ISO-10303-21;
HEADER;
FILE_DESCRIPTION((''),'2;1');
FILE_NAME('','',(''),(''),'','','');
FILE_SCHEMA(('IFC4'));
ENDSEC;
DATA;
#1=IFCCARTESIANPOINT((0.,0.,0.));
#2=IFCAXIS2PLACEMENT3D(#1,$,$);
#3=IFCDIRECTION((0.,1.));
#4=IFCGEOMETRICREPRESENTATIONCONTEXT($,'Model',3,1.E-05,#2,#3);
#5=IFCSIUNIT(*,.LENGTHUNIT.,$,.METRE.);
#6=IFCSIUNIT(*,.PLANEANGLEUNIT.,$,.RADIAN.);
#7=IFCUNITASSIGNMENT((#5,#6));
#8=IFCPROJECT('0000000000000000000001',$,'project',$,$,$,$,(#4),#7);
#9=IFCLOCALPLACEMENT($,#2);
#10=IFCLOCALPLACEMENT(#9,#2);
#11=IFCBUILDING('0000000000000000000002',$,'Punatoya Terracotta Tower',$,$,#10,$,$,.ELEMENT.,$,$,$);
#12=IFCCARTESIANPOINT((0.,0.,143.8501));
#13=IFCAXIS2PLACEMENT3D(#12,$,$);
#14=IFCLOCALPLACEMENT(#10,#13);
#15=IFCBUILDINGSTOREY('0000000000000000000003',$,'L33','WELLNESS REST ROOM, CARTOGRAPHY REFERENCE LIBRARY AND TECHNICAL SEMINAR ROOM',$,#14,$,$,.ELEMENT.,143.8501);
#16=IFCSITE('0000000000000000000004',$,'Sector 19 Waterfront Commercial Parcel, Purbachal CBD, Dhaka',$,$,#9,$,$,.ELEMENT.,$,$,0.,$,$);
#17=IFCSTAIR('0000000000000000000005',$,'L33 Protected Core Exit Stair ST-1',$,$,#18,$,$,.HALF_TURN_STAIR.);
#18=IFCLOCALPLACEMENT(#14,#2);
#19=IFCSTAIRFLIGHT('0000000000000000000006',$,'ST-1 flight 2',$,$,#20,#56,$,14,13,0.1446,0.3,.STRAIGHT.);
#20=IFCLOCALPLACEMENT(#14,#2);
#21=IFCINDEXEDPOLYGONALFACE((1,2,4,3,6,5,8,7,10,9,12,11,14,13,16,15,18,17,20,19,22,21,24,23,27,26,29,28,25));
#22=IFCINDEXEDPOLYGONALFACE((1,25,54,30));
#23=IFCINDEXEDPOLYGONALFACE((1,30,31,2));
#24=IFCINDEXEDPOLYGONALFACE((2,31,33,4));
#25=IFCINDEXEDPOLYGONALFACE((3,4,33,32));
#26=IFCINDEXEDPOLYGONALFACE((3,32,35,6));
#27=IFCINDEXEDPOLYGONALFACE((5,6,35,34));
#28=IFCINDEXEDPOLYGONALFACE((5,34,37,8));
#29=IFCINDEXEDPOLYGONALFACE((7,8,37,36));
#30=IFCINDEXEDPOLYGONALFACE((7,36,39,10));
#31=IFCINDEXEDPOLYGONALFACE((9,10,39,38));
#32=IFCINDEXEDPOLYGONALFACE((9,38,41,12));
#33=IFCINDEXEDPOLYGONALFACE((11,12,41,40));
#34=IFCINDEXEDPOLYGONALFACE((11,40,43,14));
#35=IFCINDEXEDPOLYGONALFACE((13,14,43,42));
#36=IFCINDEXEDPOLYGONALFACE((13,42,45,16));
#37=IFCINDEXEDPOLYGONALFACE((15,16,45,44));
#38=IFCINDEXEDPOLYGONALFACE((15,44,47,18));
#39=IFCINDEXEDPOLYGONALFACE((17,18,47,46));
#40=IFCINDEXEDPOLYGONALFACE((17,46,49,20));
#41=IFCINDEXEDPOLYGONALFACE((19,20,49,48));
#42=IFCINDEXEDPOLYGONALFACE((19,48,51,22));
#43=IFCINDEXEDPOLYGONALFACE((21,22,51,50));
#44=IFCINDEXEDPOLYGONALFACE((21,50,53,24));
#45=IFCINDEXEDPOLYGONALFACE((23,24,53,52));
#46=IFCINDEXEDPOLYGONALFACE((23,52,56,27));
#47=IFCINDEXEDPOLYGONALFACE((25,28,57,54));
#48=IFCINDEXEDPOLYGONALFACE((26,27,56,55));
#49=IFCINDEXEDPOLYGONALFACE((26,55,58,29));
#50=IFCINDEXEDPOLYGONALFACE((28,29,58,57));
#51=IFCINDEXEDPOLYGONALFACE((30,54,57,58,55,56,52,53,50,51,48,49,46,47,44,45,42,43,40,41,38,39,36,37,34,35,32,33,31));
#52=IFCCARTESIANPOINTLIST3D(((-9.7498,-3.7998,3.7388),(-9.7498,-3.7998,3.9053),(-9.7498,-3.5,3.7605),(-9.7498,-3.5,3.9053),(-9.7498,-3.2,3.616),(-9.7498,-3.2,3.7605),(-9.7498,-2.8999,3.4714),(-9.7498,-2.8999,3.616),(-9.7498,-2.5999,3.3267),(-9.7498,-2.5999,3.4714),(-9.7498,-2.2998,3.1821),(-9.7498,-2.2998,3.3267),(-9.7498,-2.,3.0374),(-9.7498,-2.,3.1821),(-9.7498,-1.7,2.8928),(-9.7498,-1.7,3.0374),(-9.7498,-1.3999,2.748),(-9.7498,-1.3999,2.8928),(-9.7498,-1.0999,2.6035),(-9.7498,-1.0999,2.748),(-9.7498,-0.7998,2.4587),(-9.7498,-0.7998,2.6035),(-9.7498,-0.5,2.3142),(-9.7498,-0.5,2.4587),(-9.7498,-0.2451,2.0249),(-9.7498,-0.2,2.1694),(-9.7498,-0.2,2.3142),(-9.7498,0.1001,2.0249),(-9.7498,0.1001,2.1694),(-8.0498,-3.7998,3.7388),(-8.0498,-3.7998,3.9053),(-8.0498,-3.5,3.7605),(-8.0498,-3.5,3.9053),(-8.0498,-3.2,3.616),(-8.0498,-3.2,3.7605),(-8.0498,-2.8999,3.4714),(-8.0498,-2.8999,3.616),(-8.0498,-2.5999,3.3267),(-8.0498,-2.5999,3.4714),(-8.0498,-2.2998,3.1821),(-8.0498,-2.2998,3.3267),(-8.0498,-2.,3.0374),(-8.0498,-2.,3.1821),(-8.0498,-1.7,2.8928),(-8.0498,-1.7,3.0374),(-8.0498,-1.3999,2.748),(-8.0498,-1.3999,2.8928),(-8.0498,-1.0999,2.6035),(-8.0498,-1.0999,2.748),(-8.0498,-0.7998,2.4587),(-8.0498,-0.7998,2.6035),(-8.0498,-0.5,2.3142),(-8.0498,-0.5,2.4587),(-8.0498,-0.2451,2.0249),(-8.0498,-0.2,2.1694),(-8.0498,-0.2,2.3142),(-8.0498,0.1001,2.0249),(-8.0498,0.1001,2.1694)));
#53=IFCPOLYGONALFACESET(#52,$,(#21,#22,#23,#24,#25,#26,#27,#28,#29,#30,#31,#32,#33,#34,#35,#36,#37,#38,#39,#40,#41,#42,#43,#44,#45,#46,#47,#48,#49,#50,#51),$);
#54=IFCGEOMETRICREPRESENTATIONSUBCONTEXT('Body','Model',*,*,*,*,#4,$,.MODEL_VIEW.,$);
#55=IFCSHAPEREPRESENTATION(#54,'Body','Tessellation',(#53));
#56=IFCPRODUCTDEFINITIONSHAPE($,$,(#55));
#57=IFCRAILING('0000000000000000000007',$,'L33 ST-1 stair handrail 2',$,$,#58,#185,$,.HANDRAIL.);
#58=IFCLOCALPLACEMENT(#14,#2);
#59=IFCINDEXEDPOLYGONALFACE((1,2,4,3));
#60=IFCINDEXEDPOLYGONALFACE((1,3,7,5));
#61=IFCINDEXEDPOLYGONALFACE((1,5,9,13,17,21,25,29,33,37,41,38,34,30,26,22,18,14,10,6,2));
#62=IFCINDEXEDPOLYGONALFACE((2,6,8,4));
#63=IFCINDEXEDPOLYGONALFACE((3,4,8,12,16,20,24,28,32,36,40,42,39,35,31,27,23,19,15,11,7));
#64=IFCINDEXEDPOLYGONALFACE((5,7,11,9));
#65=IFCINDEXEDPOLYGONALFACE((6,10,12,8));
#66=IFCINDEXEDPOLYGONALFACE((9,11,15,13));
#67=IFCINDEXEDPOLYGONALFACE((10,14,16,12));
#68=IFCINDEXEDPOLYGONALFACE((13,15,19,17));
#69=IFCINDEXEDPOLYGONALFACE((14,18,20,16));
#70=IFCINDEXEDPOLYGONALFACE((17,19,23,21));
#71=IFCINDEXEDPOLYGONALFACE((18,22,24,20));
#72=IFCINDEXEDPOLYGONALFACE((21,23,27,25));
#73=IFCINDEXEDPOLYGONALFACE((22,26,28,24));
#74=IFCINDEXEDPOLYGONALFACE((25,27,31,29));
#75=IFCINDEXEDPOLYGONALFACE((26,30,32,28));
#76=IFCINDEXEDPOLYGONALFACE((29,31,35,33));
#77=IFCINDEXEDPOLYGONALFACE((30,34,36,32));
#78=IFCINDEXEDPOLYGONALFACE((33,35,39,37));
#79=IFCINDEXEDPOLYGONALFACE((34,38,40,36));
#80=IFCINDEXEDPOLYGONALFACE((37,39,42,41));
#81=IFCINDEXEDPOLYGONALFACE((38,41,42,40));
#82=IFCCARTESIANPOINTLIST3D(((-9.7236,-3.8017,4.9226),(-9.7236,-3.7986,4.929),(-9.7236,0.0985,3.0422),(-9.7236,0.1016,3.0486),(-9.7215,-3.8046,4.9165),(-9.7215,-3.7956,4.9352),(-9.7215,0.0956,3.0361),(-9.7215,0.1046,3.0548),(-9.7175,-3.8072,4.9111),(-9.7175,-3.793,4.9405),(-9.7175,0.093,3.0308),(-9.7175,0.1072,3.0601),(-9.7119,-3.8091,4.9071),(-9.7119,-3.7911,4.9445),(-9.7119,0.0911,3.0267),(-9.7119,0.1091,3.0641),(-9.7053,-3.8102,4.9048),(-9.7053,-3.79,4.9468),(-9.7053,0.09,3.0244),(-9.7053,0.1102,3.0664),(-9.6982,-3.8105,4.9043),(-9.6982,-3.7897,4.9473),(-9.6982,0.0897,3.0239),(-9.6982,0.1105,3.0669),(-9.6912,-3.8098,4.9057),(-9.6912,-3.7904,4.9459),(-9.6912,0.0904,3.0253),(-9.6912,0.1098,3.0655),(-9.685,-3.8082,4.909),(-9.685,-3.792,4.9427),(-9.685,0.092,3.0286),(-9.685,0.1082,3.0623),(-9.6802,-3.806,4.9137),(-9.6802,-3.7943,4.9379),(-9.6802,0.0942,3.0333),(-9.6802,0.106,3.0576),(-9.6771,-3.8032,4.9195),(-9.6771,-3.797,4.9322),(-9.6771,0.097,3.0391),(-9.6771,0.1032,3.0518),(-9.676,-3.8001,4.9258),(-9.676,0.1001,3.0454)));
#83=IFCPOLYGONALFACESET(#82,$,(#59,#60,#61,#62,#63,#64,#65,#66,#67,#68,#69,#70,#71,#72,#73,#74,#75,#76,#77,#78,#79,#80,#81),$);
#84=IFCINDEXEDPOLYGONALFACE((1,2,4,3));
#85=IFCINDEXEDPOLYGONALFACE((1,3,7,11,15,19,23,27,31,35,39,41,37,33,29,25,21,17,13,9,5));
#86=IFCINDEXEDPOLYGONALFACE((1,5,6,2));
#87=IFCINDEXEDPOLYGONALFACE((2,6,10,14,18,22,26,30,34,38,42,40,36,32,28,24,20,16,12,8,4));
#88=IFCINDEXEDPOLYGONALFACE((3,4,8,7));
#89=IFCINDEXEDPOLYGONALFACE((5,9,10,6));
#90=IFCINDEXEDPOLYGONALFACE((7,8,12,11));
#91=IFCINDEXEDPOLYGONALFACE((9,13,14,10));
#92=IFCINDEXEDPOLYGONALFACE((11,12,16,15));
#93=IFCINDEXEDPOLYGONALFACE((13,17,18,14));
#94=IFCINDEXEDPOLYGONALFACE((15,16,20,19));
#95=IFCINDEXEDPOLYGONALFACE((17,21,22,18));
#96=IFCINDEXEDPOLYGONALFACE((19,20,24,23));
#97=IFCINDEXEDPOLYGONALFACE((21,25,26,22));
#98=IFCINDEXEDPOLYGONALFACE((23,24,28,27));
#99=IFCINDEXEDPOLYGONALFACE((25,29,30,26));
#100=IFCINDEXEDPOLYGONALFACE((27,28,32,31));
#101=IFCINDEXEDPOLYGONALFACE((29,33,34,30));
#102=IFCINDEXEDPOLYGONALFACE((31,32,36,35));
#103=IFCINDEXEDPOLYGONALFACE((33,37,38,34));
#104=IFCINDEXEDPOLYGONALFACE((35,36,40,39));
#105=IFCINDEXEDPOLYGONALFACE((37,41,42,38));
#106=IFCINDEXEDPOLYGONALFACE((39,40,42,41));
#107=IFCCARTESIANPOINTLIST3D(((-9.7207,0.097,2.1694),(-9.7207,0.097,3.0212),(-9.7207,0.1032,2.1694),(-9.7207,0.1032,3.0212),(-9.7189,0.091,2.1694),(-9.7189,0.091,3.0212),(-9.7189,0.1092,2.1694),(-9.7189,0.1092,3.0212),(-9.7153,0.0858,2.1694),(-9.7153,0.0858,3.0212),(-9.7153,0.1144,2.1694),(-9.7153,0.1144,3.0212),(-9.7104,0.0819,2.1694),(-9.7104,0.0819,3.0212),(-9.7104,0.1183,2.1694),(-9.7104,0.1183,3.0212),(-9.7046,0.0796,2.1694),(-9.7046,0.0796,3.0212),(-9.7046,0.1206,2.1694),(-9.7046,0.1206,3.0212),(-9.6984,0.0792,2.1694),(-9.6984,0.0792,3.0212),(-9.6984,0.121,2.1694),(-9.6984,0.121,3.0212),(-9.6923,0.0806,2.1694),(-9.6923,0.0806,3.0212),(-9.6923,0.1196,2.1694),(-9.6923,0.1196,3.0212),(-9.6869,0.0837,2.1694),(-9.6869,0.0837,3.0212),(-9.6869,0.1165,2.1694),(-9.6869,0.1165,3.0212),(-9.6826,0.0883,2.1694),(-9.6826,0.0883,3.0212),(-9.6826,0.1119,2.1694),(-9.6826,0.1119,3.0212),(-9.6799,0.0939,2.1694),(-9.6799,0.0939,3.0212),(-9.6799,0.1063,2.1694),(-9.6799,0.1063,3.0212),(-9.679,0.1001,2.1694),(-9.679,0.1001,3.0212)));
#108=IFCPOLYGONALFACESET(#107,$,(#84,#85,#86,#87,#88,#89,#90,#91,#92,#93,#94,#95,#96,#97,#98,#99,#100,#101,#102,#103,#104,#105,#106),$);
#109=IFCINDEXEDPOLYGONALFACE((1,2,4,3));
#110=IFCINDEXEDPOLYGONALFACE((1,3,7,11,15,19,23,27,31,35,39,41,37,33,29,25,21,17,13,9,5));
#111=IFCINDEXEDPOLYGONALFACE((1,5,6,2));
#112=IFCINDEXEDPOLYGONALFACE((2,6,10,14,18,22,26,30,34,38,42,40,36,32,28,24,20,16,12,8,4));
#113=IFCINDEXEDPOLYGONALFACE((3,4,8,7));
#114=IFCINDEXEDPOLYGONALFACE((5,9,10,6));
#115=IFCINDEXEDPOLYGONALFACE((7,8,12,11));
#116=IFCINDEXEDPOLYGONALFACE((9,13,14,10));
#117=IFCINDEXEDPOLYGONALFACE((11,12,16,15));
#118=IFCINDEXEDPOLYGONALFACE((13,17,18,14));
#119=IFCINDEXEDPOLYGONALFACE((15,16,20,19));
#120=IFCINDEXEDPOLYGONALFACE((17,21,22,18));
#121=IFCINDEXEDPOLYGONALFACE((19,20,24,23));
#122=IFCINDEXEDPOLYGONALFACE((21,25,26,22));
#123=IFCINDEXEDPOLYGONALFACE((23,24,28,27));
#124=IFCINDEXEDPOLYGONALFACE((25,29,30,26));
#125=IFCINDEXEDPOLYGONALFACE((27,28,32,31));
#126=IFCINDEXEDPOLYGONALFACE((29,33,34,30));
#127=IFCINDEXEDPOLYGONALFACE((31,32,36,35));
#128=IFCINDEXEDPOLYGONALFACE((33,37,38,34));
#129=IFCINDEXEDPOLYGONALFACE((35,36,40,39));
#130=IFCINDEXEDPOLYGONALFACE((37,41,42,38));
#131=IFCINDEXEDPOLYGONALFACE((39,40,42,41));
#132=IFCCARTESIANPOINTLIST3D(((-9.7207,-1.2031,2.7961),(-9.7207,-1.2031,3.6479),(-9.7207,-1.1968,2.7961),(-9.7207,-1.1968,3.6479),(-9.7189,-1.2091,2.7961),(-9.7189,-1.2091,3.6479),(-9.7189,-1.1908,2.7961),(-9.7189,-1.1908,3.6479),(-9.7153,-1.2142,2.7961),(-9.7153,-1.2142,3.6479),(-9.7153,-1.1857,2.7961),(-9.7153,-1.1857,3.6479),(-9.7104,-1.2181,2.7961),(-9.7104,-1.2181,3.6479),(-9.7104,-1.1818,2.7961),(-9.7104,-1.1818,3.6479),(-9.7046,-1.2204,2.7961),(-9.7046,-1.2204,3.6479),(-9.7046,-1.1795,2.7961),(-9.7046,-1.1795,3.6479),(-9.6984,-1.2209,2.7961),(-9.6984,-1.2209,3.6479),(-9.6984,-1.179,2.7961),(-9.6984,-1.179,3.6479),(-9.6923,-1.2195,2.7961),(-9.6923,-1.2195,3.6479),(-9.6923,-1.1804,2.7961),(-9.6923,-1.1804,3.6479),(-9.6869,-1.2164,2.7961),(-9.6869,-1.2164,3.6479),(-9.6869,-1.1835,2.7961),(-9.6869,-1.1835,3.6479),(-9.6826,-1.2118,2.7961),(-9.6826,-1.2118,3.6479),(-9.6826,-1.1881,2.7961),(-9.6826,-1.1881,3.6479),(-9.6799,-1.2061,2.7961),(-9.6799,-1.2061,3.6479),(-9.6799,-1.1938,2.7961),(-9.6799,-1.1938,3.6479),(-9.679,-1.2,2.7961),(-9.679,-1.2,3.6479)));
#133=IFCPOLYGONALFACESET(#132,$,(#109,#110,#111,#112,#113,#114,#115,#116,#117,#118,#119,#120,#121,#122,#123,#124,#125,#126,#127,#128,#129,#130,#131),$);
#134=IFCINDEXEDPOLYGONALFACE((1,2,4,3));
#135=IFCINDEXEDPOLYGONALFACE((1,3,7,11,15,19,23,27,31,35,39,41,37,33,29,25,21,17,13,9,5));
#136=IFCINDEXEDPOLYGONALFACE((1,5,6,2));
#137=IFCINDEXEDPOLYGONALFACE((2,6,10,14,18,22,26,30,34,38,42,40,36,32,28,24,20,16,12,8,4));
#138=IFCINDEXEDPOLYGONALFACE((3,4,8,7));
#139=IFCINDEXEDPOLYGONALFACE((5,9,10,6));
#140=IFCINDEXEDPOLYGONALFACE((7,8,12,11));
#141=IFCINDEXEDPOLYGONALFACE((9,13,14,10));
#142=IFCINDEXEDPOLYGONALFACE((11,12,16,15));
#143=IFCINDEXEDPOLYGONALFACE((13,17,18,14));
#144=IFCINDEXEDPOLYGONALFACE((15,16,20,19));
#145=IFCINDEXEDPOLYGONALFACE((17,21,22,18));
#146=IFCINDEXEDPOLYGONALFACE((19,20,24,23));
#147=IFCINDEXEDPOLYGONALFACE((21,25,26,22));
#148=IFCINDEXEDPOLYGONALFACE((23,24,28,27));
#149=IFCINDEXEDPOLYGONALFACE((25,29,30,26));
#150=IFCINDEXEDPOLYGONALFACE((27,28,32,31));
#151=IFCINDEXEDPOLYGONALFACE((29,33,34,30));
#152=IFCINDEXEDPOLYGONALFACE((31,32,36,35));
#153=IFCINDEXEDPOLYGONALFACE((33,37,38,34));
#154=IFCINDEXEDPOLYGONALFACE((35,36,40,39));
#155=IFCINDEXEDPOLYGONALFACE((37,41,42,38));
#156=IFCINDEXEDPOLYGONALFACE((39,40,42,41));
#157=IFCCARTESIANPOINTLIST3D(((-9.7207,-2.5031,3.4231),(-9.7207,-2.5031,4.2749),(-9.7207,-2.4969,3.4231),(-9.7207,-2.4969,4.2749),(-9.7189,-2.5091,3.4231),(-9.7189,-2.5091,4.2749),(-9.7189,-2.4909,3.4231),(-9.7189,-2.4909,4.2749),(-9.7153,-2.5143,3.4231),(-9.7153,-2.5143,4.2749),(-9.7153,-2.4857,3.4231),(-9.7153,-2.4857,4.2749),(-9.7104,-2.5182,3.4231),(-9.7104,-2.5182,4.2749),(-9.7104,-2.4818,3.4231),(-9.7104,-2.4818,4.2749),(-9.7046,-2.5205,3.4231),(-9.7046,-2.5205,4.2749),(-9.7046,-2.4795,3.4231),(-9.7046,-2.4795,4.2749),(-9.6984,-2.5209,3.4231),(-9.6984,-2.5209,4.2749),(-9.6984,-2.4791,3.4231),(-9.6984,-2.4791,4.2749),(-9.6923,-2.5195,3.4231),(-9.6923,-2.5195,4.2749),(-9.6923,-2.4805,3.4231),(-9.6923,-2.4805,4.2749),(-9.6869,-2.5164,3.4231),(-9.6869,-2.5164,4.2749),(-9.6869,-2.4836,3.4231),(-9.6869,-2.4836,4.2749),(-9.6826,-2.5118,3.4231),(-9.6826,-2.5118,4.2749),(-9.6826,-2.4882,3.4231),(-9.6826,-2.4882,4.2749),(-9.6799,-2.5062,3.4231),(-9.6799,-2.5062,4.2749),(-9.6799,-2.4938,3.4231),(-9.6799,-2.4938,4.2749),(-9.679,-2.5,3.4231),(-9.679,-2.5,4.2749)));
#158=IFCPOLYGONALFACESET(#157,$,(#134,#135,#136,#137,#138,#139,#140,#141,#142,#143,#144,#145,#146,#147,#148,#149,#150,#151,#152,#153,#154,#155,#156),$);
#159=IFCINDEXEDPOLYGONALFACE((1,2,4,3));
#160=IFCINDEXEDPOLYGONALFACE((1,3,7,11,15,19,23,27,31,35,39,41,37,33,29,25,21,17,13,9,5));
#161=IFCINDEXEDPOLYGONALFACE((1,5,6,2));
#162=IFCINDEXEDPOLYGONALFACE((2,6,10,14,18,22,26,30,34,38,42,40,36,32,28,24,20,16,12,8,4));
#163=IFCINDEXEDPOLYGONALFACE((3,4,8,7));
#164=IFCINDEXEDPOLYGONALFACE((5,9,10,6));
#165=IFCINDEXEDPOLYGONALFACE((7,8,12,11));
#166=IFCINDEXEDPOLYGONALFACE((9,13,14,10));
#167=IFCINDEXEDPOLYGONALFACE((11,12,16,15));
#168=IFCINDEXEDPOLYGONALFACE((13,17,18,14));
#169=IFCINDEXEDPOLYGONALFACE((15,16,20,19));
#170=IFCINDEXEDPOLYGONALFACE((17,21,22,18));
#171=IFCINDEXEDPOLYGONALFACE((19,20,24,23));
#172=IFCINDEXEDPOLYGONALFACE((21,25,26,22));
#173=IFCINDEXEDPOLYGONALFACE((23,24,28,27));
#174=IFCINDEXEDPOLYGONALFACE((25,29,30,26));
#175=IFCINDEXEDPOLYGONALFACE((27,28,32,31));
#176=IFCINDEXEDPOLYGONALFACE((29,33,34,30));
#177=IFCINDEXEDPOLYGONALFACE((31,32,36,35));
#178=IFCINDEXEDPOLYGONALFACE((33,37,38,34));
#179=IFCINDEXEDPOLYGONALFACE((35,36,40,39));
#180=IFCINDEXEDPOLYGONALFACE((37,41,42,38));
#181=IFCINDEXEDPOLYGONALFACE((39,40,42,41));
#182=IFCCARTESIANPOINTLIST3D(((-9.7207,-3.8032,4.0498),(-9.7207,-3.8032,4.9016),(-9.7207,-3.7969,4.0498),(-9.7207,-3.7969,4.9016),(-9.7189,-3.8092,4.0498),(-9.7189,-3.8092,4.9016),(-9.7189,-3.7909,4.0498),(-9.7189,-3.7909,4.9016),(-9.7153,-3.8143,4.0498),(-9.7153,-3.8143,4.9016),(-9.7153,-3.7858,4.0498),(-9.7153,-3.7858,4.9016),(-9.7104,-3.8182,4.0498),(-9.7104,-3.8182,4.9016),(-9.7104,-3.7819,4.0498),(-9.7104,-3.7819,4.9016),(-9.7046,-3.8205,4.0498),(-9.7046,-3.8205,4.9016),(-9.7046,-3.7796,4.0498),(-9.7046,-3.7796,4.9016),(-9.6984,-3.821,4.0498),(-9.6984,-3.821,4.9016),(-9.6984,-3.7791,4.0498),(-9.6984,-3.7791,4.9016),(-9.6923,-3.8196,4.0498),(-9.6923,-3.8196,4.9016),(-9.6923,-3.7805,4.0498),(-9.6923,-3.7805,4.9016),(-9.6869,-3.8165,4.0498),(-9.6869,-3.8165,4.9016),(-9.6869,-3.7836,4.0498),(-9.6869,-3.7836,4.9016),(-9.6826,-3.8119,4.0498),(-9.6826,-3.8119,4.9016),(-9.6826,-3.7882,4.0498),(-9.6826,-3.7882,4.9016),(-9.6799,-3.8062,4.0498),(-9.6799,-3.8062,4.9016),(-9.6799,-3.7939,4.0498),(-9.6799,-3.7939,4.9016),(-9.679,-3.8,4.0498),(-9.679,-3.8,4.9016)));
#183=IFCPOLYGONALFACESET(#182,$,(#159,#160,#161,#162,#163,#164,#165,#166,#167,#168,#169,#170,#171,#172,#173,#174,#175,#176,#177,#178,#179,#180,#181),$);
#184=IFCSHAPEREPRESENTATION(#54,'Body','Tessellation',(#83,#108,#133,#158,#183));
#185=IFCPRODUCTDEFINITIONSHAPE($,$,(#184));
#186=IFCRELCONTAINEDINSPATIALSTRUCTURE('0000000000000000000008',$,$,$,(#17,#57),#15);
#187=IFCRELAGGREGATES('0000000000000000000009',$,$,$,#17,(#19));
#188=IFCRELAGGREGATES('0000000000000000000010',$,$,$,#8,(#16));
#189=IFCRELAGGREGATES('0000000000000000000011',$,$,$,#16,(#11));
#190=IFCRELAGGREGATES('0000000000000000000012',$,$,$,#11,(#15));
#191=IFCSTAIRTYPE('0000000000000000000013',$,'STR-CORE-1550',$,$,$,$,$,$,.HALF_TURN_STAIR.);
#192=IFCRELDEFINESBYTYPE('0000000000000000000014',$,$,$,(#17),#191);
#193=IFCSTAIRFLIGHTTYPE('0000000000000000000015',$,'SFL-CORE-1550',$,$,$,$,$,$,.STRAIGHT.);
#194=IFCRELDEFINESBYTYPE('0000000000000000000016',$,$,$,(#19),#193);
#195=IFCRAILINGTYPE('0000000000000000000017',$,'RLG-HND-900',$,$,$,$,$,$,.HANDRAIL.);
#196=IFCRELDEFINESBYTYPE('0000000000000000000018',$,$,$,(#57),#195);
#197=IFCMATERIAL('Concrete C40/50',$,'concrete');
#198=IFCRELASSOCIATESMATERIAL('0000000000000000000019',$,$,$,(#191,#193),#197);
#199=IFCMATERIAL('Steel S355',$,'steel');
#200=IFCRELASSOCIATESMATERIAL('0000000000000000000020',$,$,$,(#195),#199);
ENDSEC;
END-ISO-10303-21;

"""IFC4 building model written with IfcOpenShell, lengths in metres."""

from ifc_helpers import new_model, si_unit, direction, frame, origin, origin_2d, place, context, subcontext, project, spatial, polyline, circle, outline, extrude, material, type_object, element, aggregate, save


model = new_model("IFC4")

# Units and contexts
model_context = context("Model", 3, precision=1e-05, world=origin(), true_north=direction((0.0, 1.0)))
body_context = subcontext(model_context, "Body", "Model", "MODEL_VIEW")
ifc_project = project(units=[si_unit("LENGTHUNIT", "METRE"), si_unit("PLANEANGLEUNIT", "RADIAN")], contexts=[model_context])

# Site, building, storey
site_placement = place(None, origin())
site = spatial("IfcSite", under=ifc_project, at=site_placement, Name="Sector 19 Waterfront Commercial Parcel, Purbachal CBD, Dhaka", CompositionType="ELEMENT", RefElevation=0.0)
building_placement = place(site_placement, origin())
building = spatial("IfcBuilding", under=site, at=building_placement, Name="Punatoya Terracotta Tower", CompositionType="ELEMENT")
storey_placement = place(building_placement, frame((0.0, 0.0, 143.8501)))
storey = spatial("IfcBuildingStorey", under=building, at=storey_placement, Name="L33", Description="WELLNESS REST ROOM, CARTOGRAPHY REFERENCE LIBRARY AND TECHNICAL SEMINAR ROOM", CompositionType="ELEMENT", Elevation=143.8501)

# Shared definitions
ifc_material_1 = material(Name="Steel S355", Category="steel")

# Stair, stair flight
ifc_material_2 = material(Name="Concrete C40/50", Category="concrete")
stair_type = type_object("IfcStairType", Name="STR-CORE-1550", PredefinedType="HALF_TURN_STAIR", material=ifc_material_2)
stair_placement = place(storey_placement, origin())
stair = element("IfcStair", 1, at=stair_placement, inside=storey, type_object=stair_type, Name="L33 Protected Core Exit Stair ST-1", PredefinedType="HALF_TURN_STAIR")
stair_flight_type = type_object("IfcStairFlightType", Name="SFL-CORE-1550", PredefinedType="STRAIGHT", material=ifc_material_2)
stair_flight_placement = place(storey_placement, frame((-8.8999, 0.1001, 2.0249), z_axis=(0.0, 0.0, 1.0), x_axis=(0.0, -1.0, 0.0)))
stair_flight = element("IfcStairFlight", 2, at=stair_flight_placement, type_object=stair_flight_type, Name="ST-1 flight 2", NumberOfRisers=14, NumberOfTreads=13, PredefinedType="STRAIGHT", RiserHeight=0.1446, TreadLength=0.3, context=body_context, shape_type="SweptSolid", body=[
    extrude(outline(polyline([(0.0, 0.0), (0.0, 0.1445), (0.3, 0.1445), (0.3, 0.2893), (0.6001, 0.2893), (0.6001, 0.4338), (0.8999, 0.4338), (0.8999, 0.5786), (1.2, 0.5786), (1.2, 0.7231), (1.5, 0.7231), (1.5, 0.8679), (1.8, 0.8679), (1.8, 1.0125), (2.1001, 1.0125), (2.1001, 1.1572), (2.3999, 1.1572), (2.3999, 1.3018), (2.7, 1.3018), (2.7, 1.4465), (3.0, 1.4465), (3.0, 1.5911), (3.3, 1.5911), (3.3, 1.7356), (3.6001, 1.7356), (3.6001, 1.8804), (3.8999, 1.8804), (3.8999, 2.0249), (3.8999, 1.7139), (0.3452, 0.0), (0.0, 0.0)])), frame((0.0, 0.8501, 0.0), z_axis=(0.0, -1.0, 0.0), x_axis=(1.0, 0.0, 0.0)), (0.0, 0.0, 1.0), 1.7),
])
aggregate(stair, [stair_flight])

# Railing
railing_type = type_object("IfcRailingType", Name="RLG-HND-900", PredefinedType="HANDRAIL", material=ifc_material_1)
railing_placement = place(storey_placement, frame((-9.7, 0.1001, 2.1694)))
element("IfcRailing", 3, at=railing_placement, inside=storey, type_object=railing_type, Name="L33 ST-1 stair handrail 2", PredefinedType="HANDRAIL", context=body_context, shape_type="SweptSolid", body=[
    extrude(circle(Radius=0.0239, at=origin_2d()), frame((0.0, 0.0, 0.876), z_axis=(0.0, -0.900774, 0.434289), x_axis=(1.0, 0.0, 0.0)), (0.0, 0.0, 1.0), 4.3298),
    extrude(circle(Radius=0.021, at=origin_2d()), origin(), (0.0, 0.0, 1.0), 0.8518),
    extrude(circle(Radius=0.021, at=origin_2d()), frame((0.0, -1.3, 0.6267)), (0.0, 0.0, 1.0), 0.8518),
    extrude(circle(Radius=0.021, at=origin_2d()), frame((0.0, -2.6001, 1.2537)), (0.0, 0.0, 1.0), 0.8518),
    extrude(circle(Radius=0.021, at=origin_2d()), frame((0.0, -3.9001, 1.8804)), (0.0, 0.0, 1.0), 0.8518),
])

save(model, "model.ifc")
